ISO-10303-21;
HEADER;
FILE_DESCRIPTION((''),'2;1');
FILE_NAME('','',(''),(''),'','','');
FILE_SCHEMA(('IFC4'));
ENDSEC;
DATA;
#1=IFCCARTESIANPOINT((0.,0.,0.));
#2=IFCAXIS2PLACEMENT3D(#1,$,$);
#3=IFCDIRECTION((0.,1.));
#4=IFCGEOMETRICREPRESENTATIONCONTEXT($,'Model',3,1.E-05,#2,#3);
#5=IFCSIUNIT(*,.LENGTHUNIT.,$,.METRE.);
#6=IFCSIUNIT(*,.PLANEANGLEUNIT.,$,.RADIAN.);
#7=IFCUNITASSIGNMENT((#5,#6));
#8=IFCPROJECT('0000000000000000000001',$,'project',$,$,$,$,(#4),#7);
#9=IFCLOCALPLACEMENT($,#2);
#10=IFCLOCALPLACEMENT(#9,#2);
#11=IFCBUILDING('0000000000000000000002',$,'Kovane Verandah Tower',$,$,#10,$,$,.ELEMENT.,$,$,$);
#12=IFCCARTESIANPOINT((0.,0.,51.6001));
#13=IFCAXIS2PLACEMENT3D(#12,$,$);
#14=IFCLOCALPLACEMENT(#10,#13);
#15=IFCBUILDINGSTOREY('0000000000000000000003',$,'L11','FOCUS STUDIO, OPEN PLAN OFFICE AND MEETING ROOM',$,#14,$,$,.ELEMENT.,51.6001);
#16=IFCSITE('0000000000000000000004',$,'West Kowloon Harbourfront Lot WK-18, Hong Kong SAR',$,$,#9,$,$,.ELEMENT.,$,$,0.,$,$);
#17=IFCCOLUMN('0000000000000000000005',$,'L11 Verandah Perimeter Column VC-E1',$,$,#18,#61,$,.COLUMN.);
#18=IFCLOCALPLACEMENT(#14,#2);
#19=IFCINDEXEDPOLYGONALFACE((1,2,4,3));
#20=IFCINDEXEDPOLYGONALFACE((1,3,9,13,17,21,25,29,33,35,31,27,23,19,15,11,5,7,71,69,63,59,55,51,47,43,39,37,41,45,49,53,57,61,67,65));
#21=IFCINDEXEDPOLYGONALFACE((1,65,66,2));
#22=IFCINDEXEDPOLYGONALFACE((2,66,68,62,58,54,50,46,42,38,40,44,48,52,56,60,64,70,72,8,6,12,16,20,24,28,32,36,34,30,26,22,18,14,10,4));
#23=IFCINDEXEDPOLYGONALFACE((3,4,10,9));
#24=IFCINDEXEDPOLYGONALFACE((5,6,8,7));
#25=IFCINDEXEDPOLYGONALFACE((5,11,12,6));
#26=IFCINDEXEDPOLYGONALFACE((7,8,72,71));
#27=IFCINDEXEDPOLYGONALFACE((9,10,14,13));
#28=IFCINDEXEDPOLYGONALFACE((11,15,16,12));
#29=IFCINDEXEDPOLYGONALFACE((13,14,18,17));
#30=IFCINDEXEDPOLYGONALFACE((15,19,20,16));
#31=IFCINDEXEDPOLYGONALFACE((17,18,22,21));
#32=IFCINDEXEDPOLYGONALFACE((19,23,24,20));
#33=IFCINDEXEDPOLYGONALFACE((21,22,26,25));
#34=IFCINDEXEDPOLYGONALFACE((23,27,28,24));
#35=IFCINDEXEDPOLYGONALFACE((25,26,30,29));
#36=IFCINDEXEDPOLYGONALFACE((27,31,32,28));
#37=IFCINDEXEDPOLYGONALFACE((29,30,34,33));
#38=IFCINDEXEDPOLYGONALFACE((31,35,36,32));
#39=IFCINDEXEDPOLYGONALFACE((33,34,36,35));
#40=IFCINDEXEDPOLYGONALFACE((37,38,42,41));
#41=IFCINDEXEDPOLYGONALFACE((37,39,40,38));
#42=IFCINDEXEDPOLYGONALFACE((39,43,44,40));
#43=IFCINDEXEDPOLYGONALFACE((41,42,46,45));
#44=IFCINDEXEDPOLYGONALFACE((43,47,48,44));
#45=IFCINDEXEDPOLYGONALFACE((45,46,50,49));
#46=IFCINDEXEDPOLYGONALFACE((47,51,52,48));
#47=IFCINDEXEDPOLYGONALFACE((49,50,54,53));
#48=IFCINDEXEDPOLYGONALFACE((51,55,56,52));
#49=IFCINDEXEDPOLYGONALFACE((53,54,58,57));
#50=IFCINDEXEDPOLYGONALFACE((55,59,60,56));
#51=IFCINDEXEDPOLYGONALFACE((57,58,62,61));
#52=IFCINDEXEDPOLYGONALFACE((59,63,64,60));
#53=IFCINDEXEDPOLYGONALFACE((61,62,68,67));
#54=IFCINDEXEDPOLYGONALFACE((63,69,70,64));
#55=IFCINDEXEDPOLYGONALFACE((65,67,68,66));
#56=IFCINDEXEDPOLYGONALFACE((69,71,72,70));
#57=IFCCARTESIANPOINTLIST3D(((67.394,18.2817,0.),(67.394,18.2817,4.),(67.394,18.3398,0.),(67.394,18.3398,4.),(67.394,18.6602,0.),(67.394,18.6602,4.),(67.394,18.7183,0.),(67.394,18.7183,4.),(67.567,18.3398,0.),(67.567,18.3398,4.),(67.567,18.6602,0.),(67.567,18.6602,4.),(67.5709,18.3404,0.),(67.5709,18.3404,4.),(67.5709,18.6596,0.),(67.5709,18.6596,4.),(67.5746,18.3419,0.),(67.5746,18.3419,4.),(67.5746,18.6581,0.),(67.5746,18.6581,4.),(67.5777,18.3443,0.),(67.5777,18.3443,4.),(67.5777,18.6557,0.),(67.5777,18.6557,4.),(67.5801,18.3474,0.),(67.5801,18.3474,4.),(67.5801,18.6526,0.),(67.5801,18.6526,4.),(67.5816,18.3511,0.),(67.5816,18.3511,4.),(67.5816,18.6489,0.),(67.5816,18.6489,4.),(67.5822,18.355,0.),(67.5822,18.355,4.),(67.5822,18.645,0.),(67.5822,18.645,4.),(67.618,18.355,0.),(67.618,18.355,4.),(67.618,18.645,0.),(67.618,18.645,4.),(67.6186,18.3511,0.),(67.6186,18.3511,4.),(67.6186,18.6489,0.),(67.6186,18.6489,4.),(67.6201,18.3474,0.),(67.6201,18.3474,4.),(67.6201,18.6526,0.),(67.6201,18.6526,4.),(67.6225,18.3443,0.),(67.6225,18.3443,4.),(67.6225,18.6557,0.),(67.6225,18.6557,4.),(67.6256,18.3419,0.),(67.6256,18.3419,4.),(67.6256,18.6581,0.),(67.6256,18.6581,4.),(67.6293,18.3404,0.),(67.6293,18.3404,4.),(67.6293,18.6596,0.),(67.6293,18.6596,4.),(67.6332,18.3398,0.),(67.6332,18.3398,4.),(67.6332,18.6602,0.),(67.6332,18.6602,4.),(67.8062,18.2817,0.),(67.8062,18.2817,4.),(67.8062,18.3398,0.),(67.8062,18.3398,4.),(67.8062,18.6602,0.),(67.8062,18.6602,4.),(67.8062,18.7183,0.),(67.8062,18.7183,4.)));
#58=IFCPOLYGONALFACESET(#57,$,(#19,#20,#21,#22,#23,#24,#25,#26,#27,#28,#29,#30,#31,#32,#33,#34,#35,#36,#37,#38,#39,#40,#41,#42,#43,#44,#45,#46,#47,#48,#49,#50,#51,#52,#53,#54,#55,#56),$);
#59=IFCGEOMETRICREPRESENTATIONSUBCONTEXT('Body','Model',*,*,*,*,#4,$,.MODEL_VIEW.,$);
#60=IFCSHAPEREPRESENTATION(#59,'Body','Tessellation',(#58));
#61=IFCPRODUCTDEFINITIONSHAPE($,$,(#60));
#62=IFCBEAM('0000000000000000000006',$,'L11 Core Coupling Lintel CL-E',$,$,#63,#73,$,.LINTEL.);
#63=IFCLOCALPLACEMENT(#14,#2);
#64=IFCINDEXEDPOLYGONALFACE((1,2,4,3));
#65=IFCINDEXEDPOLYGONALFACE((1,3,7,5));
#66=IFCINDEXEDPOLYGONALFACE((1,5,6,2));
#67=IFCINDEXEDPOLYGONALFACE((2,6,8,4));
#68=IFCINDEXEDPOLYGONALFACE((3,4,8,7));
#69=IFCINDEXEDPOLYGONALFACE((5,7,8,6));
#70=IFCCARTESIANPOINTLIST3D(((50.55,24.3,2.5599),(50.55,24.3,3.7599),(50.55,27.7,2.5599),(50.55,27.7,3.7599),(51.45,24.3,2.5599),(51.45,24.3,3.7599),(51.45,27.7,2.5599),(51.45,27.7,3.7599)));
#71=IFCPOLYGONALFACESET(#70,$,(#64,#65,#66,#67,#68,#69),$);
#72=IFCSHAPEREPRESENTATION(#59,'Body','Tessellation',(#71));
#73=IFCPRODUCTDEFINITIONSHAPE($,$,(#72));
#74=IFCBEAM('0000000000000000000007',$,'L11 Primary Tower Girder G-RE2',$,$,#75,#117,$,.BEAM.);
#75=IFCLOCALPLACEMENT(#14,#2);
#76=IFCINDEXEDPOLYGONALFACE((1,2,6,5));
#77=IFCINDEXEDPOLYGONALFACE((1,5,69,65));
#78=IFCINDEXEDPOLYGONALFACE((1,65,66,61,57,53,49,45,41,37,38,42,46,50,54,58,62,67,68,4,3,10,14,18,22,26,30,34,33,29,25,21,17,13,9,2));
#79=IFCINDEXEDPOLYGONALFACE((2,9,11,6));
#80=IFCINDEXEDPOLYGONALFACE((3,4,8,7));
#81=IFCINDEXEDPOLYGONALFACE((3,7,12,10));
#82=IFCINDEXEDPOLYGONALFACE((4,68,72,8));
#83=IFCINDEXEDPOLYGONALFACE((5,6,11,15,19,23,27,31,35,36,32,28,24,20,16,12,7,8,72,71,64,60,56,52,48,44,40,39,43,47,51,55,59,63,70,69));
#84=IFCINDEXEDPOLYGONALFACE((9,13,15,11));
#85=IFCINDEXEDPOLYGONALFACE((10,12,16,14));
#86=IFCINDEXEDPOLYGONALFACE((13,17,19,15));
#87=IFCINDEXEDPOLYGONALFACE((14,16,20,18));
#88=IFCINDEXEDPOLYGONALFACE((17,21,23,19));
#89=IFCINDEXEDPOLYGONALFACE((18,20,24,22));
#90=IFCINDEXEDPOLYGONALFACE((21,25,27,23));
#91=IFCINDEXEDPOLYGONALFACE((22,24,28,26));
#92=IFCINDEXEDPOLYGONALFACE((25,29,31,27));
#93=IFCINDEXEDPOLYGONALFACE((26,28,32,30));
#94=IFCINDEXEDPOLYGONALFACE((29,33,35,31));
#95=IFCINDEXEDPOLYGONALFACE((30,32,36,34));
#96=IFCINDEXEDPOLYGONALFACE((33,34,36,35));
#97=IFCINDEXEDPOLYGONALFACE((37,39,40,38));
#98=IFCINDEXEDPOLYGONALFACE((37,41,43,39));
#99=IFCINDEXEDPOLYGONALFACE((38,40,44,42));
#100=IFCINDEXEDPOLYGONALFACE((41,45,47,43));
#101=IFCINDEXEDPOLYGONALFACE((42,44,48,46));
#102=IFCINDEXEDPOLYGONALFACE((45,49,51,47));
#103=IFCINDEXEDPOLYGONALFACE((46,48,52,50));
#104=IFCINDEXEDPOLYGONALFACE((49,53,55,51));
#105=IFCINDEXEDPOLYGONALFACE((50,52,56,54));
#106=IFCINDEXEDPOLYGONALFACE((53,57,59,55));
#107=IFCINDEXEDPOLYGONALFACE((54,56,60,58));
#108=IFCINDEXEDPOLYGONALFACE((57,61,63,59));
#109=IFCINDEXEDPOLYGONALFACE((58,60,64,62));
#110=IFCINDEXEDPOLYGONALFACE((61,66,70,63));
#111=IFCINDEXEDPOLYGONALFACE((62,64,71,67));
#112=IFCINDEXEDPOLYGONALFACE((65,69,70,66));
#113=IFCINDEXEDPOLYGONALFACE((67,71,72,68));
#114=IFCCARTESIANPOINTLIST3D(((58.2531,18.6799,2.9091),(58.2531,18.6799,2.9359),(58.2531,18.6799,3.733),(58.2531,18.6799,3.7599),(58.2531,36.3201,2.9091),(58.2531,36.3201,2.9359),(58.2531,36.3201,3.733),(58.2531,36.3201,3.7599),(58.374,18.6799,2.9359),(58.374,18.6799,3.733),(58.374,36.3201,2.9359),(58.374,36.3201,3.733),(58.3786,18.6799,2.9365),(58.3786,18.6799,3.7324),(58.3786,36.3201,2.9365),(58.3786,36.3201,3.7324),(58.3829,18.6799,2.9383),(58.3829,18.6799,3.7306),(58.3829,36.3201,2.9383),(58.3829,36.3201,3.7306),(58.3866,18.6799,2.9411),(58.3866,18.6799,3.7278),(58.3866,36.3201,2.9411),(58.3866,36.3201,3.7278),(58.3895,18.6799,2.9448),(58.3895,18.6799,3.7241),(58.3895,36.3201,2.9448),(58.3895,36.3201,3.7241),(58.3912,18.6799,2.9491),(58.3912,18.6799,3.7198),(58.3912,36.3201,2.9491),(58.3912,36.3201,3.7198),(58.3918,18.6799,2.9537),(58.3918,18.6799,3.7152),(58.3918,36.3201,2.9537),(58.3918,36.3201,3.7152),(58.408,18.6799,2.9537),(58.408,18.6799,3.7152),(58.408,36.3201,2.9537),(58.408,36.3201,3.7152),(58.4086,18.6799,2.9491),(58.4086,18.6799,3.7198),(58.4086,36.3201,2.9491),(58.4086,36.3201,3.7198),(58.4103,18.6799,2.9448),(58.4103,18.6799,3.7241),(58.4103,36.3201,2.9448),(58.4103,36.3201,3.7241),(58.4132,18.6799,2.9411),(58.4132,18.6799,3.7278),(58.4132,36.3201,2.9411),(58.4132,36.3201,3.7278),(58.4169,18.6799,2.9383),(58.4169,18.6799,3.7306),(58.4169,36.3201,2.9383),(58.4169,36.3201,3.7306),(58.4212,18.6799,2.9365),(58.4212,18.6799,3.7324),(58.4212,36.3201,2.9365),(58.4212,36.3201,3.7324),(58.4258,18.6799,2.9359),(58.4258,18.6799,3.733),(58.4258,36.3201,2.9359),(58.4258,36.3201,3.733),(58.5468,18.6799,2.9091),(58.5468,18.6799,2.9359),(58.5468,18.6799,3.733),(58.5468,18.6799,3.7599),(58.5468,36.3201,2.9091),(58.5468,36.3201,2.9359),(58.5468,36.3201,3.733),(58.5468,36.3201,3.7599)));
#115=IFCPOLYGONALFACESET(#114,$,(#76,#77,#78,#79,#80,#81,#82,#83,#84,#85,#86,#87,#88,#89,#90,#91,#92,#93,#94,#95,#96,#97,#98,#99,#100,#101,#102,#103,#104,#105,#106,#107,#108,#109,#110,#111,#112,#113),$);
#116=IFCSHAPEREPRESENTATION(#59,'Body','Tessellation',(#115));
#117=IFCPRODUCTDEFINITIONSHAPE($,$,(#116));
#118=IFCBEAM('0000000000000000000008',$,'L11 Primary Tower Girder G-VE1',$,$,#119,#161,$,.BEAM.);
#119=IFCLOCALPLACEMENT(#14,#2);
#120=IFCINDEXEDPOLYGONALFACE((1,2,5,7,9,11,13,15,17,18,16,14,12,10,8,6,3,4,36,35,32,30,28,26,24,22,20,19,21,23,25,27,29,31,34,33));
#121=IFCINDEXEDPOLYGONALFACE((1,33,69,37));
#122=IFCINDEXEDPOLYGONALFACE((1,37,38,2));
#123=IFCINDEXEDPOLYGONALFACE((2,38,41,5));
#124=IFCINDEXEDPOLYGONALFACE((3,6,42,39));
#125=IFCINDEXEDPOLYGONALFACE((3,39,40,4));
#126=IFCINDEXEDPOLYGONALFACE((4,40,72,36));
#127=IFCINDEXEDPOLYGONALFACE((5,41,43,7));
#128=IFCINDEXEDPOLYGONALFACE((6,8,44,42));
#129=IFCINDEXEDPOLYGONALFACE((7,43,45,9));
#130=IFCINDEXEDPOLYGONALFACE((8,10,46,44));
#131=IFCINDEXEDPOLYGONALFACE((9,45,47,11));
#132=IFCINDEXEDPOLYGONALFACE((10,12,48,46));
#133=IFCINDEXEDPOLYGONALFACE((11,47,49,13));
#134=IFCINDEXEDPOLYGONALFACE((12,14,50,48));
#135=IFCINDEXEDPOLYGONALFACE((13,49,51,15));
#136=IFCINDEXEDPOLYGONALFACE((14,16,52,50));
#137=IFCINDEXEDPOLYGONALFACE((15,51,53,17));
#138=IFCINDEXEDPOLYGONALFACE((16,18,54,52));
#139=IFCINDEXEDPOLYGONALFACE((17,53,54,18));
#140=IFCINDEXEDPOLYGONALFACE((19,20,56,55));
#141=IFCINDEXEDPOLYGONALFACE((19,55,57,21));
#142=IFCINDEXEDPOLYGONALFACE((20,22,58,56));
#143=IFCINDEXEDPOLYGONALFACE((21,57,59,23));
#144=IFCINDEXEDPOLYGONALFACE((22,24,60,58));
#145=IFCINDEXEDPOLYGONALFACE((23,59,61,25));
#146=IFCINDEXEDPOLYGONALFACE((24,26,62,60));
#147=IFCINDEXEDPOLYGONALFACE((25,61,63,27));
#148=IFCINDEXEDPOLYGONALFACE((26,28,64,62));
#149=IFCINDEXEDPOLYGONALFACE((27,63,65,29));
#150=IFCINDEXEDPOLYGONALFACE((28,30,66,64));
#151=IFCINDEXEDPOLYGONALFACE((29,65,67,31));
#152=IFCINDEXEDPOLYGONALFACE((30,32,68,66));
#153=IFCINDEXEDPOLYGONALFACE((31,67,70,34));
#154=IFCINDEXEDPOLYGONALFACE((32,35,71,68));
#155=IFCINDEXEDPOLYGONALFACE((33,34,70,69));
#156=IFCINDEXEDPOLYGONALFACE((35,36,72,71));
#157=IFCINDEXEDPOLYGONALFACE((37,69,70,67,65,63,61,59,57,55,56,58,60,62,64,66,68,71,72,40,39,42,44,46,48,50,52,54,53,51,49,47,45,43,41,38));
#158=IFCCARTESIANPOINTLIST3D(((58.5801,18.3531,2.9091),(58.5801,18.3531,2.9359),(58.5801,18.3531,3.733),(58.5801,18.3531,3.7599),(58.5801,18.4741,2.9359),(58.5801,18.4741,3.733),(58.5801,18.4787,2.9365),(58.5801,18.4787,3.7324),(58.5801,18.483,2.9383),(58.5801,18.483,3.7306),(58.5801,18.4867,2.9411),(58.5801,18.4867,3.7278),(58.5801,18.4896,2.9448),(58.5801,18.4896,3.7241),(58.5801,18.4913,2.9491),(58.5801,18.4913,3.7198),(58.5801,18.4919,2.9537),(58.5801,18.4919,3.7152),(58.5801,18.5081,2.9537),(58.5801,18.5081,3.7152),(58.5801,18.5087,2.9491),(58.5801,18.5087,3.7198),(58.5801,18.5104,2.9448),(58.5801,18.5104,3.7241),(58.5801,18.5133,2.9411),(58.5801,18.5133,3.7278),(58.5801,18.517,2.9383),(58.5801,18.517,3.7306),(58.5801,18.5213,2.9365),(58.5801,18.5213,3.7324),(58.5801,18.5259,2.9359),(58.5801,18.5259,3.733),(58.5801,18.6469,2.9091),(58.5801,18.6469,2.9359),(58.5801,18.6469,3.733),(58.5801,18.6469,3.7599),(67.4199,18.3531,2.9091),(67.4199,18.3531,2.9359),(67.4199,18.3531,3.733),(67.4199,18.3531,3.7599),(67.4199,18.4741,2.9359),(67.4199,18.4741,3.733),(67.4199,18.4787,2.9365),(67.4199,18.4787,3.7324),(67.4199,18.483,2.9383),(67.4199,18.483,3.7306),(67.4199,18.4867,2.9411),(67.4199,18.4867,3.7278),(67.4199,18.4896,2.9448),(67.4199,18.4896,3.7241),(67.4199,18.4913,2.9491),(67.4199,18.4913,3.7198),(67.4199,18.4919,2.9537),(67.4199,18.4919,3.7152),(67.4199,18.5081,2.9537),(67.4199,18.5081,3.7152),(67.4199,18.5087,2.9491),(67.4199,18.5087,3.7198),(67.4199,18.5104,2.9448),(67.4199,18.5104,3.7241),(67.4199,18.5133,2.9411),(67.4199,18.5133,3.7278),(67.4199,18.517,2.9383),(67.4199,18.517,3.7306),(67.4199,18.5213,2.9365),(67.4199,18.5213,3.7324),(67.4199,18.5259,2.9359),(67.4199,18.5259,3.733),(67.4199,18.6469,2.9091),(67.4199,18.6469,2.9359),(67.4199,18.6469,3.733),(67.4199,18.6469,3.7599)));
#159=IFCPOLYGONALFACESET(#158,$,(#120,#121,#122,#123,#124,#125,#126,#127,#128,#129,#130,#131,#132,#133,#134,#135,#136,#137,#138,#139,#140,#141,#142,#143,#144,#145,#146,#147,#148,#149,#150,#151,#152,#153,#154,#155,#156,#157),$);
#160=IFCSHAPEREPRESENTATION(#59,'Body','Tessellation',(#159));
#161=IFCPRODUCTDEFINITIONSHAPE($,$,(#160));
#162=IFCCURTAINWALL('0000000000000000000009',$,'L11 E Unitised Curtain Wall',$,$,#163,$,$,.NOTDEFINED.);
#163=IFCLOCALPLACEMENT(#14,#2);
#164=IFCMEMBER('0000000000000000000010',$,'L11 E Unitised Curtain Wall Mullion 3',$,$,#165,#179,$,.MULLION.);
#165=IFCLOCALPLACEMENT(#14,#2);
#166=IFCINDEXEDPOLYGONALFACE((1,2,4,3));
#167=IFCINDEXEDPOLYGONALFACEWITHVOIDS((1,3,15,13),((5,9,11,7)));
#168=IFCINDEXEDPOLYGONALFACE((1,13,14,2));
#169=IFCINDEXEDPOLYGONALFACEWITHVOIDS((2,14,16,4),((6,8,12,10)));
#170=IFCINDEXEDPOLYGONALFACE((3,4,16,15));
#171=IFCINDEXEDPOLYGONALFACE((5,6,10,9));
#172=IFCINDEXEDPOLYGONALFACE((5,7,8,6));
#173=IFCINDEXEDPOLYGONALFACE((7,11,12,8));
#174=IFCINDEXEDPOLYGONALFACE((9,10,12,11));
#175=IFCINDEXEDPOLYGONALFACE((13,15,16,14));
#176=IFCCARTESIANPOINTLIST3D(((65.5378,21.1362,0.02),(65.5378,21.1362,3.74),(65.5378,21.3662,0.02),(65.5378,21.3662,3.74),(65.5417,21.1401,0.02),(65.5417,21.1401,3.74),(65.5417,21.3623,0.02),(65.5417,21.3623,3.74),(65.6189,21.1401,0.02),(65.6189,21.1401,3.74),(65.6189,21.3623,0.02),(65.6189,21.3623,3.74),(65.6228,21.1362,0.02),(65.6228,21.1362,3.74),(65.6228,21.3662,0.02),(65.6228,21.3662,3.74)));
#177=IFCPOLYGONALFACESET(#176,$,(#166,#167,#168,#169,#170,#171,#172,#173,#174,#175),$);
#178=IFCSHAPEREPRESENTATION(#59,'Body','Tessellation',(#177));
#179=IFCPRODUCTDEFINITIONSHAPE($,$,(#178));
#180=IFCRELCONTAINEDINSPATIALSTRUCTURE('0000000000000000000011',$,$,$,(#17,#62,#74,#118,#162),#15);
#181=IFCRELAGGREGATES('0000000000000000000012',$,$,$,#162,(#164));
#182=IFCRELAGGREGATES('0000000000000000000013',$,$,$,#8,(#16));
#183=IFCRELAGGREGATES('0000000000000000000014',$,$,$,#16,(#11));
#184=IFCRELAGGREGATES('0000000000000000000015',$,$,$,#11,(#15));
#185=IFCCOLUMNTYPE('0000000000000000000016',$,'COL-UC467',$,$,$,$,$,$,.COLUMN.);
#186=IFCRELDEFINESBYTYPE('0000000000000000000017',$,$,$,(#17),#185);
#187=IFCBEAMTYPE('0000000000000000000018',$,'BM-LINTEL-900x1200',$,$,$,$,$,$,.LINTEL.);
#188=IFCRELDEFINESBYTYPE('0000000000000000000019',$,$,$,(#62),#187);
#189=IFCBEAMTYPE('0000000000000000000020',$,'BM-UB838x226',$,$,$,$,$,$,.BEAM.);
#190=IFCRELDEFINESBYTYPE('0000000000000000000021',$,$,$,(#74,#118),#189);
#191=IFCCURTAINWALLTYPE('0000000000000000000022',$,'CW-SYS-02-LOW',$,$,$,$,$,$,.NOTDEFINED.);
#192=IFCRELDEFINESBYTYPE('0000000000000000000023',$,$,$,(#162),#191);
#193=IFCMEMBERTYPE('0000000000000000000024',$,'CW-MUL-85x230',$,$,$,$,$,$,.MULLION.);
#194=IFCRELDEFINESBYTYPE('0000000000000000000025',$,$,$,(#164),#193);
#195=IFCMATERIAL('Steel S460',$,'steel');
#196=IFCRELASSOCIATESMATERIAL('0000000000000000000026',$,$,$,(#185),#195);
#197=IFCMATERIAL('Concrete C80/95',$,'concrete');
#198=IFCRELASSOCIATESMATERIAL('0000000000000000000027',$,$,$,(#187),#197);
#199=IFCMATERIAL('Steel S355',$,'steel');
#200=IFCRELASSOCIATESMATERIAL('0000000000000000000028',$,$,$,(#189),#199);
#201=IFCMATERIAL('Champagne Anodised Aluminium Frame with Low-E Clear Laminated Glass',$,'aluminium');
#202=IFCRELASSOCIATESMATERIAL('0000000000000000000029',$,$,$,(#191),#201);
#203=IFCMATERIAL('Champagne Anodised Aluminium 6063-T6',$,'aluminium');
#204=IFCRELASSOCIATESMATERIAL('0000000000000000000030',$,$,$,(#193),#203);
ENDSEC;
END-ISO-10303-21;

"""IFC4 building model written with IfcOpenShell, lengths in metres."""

from ifc_helpers import new_model, si_unit, direction, frame, origin, origin_2d, place, context, subcontext, project, spatial, rectangle, hollow_rectangle, i_section, extrude, material, material_profile, profile_set, type_object, element, aggregate, save


model = new_model("IFC4")

# Units and contexts
model_context = context("Model", 3, precision=1e-05, world=origin(), true_north=direction((0.0, 1.0)))
body_context = subcontext(model_context, "Body", "Model", "MODEL_VIEW")
ifc_project = project(units=[si_unit("LENGTHUNIT", "METRE"), si_unit("PLANEANGLEUNIT", "RADIAN")], contexts=[model_context])

# Site, building, storey
site_placement = place(None, origin())
site = spatial("IfcSite", under=ifc_project, at=site_placement, Name="West Kowloon Harbourfront Lot WK-18, Hong Kong SAR", CompositionType="ELEMENT", RefElevation=0.0)
building_placement = place(site_placement, origin())
building = spatial("IfcBuilding", under=site, at=building_placement, Name="Kovane Verandah Tower", CompositionType="ELEMENT")
storey_placement = place(building_placement, frame((0.0, 0.0, 51.6001)))
storey = spatial("IfcBuildingStorey", under=building, at=storey_placement, Name="L11", Description="FOCUS STUDIO, OPEN PLAN OFFICE AND MEETING ROOM", CompositionType="ELEMENT", Elevation=51.6001)

# Column
ifc_material_1 = material(Name="Steel S460", Category="steel")
ifc_material_profile_1 = material_profile(ifc_material_1, i_section(OverallWidth=0.4121, OverallDepth=0.4365, WebThickness=0.0359, FlangeThickness=0.0581, FilletRadius=0.0151, at=origin_2d()), Name="UC356x406x467")
ifc_profile_set_1 = profile_set([ifc_material_profile_1], Name="Steel S460")
column_type = type_object("IfcColumnType", Name="COL-UC467", PredefinedType="COLUMN", material=ifc_profile_set_1)
column_placement = place(storey_placement, frame((67.6001, 18.5, 0.0), z_axis=(0.0, 0.0, 1.0), x_axis=(1.0, 0.0, 0.0)))
element("IfcColumn", 1, at=column_placement, inside=storey, type_object=column_type, Name="L11 Verandah Perimeter Column VC-E1", PredefinedType="COLUMN", context=body_context, shape_type="SweptSolid", body=[
    extrude(i_section(OverallWidth=0.4121, OverallDepth=0.4365, WebThickness=0.0359, FlangeThickness=0.0581, FilletRadius=0.0151, at=origin_2d()), origin(), (0.0, 0.0, 1.0), 4.0),
])

# Beams
ifc_material_2 = material(Name="Concrete C80/95", Category="concrete")
ifc_material_profile_2 = material_profile(ifc_material_2, rectangle(XDim=0.8999, YDim=1.2, at=origin_2d()), Name="RCB900x1200")
ifc_profile_set_2 = profile_set([ifc_material_profile_2], Name="Concrete C80/95")
beam_type_1 = type_object("IfcBeamType", Name="BM-LINTEL-900x1200", PredefinedType="LINTEL", material=ifc_profile_set_2)
beam_1_placement = place(storey_placement, frame((51.0, 24.3, 3.1599), z_axis=(0.0, 1.0, 0.0), x_axis=(-1.0, 0.0, 0.0)))
element("IfcBeam", 2, at=beam_1_placement, inside=storey, type_object=beam_type_1, Name="L11 Core Coupling Lintel CL-E", PredefinedType="LINTEL", context=body_context, shape_type="SweptSolid", body=[
    extrude(rectangle(XDim=0.8999, YDim=1.2, at=origin_2d()), origin(), (0.0, 0.0, 1.0), 3.3999),
])
ifc_material_3 = material(Name="Steel S355", Category="steel")
ifc_material_profile_3 = material_profile(ifc_material_3, i_section(OverallWidth=0.2937, OverallDepth=0.8508, WebThickness=0.0161, FlangeThickness=0.0269, FilletRadius=0.0178, at=origin_2d()), Name="UB838x292x226")
ifc_profile_set_3 = profile_set([ifc_material_profile_3], Name="Steel S355")
beam_type_2 = type_object("IfcBeamType", Name="BM-UB838x226", PredefinedType="BEAM", material=ifc_profile_set_3)
beam_2_placement = place(storey_placement, frame((58.3999, 18.6799, 3.3345), z_axis=(0.0, 1.0, 0.0), x_axis=(-1.0, 0.0, 0.0)))
element("IfcBeam", 3, at=beam_2_placement, inside=storey, type_object=beam_type_2, Name="L11 Primary Tower Girder G-RE2", PredefinedType="BEAM", context=body_context, shape_type="SweptSolid", body=[
    extrude(i_section(OverallWidth=0.2937, OverallDepth=0.8508, WebThickness=0.0161, FlangeThickness=0.0269, FilletRadius=0.0178, at=origin_2d()), origin(), (0.0, 0.0, 1.0), 17.6401),
])
beam_3_placement = place(storey_placement, frame((58.5801, 18.5, 3.3345), z_axis=(1.0, 0.0, 0.0), x_axis=(0.0, 1.0, 0.0)))
element("IfcBeam", 4, at=beam_3_placement, inside=storey, type_object=beam_type_2, Name="L11 Primary Tower Girder G-VE1", PredefinedType="BEAM", context=body_context, shape_type="SweptSolid", body=[
    extrude(i_section(OverallWidth=0.2937, OverallDepth=0.8508, WebThickness=0.0161, FlangeThickness=0.0269, FilletRadius=0.0178, at=origin_2d()), origin(), (0.0, 0.0, 1.0), 8.8398),
])

# Curtain wall, member
ifc_material_4 = material(Name="Champagne Anodised Aluminium Frame with Low-E Clear Laminated Glass", Category="aluminium")
curtain_wall_type = type_object("IfcCurtainWallType", Name="CW-SYS-02-LOW", PredefinedType="NOTDEFINED", material=ifc_material_4)
curtain_wall_placement = place(storey_placement, origin())
curtain_wall = element("IfcCurtainWall", 5, at=curtain_wall_placement, inside=storey, type_object=curtain_wall_type, Name="L11 E Unitised Curtain Wall", PredefinedType="NOTDEFINED")
ifc_material_5 = material(Name="Champagne Anodised Aluminium 6063-T6", Category="aluminium")
ifc_material_profile_4 = material_profile(ifc_material_5, hollow_rectangle(XDim=0.085, YDim=0.23, WallThickness=0.0039, at=origin_2d()), Name="AL85x230x4")
ifc_profile_set_4 = profile_set([ifc_material_profile_4], Name="Champagne Anodised Aluminium 6063-T6")
member_type_1 = type_object("IfcMemberType", Name="CW-MUL-85x230", PredefinedType="MULLION", material=ifc_profile_set_4)
member_1_placement = place(storey_placement, frame((65.5803, 21.2512, 0.02), z_axis=(0.0, 0.0, 1.0), x_axis=(1.0, 0.0, 0.0)))
member_1 = element("IfcMember", 6, at=member_1_placement, type_object=member_type_1, Name="L11 E Unitised Curtain Wall Mullion 3", PredefinedType="MULLION", context=body_context, shape_type="SweptSolid", body=[
    extrude(hollow_rectangle(XDim=0.085, YDim=0.23, WallThickness=0.0039, at=origin_2d()), origin(), (0.0, 0.0, 1.0), 3.72),
])

aggregate(curtain_wall, [member_1])

save(model, "model.ifc")
